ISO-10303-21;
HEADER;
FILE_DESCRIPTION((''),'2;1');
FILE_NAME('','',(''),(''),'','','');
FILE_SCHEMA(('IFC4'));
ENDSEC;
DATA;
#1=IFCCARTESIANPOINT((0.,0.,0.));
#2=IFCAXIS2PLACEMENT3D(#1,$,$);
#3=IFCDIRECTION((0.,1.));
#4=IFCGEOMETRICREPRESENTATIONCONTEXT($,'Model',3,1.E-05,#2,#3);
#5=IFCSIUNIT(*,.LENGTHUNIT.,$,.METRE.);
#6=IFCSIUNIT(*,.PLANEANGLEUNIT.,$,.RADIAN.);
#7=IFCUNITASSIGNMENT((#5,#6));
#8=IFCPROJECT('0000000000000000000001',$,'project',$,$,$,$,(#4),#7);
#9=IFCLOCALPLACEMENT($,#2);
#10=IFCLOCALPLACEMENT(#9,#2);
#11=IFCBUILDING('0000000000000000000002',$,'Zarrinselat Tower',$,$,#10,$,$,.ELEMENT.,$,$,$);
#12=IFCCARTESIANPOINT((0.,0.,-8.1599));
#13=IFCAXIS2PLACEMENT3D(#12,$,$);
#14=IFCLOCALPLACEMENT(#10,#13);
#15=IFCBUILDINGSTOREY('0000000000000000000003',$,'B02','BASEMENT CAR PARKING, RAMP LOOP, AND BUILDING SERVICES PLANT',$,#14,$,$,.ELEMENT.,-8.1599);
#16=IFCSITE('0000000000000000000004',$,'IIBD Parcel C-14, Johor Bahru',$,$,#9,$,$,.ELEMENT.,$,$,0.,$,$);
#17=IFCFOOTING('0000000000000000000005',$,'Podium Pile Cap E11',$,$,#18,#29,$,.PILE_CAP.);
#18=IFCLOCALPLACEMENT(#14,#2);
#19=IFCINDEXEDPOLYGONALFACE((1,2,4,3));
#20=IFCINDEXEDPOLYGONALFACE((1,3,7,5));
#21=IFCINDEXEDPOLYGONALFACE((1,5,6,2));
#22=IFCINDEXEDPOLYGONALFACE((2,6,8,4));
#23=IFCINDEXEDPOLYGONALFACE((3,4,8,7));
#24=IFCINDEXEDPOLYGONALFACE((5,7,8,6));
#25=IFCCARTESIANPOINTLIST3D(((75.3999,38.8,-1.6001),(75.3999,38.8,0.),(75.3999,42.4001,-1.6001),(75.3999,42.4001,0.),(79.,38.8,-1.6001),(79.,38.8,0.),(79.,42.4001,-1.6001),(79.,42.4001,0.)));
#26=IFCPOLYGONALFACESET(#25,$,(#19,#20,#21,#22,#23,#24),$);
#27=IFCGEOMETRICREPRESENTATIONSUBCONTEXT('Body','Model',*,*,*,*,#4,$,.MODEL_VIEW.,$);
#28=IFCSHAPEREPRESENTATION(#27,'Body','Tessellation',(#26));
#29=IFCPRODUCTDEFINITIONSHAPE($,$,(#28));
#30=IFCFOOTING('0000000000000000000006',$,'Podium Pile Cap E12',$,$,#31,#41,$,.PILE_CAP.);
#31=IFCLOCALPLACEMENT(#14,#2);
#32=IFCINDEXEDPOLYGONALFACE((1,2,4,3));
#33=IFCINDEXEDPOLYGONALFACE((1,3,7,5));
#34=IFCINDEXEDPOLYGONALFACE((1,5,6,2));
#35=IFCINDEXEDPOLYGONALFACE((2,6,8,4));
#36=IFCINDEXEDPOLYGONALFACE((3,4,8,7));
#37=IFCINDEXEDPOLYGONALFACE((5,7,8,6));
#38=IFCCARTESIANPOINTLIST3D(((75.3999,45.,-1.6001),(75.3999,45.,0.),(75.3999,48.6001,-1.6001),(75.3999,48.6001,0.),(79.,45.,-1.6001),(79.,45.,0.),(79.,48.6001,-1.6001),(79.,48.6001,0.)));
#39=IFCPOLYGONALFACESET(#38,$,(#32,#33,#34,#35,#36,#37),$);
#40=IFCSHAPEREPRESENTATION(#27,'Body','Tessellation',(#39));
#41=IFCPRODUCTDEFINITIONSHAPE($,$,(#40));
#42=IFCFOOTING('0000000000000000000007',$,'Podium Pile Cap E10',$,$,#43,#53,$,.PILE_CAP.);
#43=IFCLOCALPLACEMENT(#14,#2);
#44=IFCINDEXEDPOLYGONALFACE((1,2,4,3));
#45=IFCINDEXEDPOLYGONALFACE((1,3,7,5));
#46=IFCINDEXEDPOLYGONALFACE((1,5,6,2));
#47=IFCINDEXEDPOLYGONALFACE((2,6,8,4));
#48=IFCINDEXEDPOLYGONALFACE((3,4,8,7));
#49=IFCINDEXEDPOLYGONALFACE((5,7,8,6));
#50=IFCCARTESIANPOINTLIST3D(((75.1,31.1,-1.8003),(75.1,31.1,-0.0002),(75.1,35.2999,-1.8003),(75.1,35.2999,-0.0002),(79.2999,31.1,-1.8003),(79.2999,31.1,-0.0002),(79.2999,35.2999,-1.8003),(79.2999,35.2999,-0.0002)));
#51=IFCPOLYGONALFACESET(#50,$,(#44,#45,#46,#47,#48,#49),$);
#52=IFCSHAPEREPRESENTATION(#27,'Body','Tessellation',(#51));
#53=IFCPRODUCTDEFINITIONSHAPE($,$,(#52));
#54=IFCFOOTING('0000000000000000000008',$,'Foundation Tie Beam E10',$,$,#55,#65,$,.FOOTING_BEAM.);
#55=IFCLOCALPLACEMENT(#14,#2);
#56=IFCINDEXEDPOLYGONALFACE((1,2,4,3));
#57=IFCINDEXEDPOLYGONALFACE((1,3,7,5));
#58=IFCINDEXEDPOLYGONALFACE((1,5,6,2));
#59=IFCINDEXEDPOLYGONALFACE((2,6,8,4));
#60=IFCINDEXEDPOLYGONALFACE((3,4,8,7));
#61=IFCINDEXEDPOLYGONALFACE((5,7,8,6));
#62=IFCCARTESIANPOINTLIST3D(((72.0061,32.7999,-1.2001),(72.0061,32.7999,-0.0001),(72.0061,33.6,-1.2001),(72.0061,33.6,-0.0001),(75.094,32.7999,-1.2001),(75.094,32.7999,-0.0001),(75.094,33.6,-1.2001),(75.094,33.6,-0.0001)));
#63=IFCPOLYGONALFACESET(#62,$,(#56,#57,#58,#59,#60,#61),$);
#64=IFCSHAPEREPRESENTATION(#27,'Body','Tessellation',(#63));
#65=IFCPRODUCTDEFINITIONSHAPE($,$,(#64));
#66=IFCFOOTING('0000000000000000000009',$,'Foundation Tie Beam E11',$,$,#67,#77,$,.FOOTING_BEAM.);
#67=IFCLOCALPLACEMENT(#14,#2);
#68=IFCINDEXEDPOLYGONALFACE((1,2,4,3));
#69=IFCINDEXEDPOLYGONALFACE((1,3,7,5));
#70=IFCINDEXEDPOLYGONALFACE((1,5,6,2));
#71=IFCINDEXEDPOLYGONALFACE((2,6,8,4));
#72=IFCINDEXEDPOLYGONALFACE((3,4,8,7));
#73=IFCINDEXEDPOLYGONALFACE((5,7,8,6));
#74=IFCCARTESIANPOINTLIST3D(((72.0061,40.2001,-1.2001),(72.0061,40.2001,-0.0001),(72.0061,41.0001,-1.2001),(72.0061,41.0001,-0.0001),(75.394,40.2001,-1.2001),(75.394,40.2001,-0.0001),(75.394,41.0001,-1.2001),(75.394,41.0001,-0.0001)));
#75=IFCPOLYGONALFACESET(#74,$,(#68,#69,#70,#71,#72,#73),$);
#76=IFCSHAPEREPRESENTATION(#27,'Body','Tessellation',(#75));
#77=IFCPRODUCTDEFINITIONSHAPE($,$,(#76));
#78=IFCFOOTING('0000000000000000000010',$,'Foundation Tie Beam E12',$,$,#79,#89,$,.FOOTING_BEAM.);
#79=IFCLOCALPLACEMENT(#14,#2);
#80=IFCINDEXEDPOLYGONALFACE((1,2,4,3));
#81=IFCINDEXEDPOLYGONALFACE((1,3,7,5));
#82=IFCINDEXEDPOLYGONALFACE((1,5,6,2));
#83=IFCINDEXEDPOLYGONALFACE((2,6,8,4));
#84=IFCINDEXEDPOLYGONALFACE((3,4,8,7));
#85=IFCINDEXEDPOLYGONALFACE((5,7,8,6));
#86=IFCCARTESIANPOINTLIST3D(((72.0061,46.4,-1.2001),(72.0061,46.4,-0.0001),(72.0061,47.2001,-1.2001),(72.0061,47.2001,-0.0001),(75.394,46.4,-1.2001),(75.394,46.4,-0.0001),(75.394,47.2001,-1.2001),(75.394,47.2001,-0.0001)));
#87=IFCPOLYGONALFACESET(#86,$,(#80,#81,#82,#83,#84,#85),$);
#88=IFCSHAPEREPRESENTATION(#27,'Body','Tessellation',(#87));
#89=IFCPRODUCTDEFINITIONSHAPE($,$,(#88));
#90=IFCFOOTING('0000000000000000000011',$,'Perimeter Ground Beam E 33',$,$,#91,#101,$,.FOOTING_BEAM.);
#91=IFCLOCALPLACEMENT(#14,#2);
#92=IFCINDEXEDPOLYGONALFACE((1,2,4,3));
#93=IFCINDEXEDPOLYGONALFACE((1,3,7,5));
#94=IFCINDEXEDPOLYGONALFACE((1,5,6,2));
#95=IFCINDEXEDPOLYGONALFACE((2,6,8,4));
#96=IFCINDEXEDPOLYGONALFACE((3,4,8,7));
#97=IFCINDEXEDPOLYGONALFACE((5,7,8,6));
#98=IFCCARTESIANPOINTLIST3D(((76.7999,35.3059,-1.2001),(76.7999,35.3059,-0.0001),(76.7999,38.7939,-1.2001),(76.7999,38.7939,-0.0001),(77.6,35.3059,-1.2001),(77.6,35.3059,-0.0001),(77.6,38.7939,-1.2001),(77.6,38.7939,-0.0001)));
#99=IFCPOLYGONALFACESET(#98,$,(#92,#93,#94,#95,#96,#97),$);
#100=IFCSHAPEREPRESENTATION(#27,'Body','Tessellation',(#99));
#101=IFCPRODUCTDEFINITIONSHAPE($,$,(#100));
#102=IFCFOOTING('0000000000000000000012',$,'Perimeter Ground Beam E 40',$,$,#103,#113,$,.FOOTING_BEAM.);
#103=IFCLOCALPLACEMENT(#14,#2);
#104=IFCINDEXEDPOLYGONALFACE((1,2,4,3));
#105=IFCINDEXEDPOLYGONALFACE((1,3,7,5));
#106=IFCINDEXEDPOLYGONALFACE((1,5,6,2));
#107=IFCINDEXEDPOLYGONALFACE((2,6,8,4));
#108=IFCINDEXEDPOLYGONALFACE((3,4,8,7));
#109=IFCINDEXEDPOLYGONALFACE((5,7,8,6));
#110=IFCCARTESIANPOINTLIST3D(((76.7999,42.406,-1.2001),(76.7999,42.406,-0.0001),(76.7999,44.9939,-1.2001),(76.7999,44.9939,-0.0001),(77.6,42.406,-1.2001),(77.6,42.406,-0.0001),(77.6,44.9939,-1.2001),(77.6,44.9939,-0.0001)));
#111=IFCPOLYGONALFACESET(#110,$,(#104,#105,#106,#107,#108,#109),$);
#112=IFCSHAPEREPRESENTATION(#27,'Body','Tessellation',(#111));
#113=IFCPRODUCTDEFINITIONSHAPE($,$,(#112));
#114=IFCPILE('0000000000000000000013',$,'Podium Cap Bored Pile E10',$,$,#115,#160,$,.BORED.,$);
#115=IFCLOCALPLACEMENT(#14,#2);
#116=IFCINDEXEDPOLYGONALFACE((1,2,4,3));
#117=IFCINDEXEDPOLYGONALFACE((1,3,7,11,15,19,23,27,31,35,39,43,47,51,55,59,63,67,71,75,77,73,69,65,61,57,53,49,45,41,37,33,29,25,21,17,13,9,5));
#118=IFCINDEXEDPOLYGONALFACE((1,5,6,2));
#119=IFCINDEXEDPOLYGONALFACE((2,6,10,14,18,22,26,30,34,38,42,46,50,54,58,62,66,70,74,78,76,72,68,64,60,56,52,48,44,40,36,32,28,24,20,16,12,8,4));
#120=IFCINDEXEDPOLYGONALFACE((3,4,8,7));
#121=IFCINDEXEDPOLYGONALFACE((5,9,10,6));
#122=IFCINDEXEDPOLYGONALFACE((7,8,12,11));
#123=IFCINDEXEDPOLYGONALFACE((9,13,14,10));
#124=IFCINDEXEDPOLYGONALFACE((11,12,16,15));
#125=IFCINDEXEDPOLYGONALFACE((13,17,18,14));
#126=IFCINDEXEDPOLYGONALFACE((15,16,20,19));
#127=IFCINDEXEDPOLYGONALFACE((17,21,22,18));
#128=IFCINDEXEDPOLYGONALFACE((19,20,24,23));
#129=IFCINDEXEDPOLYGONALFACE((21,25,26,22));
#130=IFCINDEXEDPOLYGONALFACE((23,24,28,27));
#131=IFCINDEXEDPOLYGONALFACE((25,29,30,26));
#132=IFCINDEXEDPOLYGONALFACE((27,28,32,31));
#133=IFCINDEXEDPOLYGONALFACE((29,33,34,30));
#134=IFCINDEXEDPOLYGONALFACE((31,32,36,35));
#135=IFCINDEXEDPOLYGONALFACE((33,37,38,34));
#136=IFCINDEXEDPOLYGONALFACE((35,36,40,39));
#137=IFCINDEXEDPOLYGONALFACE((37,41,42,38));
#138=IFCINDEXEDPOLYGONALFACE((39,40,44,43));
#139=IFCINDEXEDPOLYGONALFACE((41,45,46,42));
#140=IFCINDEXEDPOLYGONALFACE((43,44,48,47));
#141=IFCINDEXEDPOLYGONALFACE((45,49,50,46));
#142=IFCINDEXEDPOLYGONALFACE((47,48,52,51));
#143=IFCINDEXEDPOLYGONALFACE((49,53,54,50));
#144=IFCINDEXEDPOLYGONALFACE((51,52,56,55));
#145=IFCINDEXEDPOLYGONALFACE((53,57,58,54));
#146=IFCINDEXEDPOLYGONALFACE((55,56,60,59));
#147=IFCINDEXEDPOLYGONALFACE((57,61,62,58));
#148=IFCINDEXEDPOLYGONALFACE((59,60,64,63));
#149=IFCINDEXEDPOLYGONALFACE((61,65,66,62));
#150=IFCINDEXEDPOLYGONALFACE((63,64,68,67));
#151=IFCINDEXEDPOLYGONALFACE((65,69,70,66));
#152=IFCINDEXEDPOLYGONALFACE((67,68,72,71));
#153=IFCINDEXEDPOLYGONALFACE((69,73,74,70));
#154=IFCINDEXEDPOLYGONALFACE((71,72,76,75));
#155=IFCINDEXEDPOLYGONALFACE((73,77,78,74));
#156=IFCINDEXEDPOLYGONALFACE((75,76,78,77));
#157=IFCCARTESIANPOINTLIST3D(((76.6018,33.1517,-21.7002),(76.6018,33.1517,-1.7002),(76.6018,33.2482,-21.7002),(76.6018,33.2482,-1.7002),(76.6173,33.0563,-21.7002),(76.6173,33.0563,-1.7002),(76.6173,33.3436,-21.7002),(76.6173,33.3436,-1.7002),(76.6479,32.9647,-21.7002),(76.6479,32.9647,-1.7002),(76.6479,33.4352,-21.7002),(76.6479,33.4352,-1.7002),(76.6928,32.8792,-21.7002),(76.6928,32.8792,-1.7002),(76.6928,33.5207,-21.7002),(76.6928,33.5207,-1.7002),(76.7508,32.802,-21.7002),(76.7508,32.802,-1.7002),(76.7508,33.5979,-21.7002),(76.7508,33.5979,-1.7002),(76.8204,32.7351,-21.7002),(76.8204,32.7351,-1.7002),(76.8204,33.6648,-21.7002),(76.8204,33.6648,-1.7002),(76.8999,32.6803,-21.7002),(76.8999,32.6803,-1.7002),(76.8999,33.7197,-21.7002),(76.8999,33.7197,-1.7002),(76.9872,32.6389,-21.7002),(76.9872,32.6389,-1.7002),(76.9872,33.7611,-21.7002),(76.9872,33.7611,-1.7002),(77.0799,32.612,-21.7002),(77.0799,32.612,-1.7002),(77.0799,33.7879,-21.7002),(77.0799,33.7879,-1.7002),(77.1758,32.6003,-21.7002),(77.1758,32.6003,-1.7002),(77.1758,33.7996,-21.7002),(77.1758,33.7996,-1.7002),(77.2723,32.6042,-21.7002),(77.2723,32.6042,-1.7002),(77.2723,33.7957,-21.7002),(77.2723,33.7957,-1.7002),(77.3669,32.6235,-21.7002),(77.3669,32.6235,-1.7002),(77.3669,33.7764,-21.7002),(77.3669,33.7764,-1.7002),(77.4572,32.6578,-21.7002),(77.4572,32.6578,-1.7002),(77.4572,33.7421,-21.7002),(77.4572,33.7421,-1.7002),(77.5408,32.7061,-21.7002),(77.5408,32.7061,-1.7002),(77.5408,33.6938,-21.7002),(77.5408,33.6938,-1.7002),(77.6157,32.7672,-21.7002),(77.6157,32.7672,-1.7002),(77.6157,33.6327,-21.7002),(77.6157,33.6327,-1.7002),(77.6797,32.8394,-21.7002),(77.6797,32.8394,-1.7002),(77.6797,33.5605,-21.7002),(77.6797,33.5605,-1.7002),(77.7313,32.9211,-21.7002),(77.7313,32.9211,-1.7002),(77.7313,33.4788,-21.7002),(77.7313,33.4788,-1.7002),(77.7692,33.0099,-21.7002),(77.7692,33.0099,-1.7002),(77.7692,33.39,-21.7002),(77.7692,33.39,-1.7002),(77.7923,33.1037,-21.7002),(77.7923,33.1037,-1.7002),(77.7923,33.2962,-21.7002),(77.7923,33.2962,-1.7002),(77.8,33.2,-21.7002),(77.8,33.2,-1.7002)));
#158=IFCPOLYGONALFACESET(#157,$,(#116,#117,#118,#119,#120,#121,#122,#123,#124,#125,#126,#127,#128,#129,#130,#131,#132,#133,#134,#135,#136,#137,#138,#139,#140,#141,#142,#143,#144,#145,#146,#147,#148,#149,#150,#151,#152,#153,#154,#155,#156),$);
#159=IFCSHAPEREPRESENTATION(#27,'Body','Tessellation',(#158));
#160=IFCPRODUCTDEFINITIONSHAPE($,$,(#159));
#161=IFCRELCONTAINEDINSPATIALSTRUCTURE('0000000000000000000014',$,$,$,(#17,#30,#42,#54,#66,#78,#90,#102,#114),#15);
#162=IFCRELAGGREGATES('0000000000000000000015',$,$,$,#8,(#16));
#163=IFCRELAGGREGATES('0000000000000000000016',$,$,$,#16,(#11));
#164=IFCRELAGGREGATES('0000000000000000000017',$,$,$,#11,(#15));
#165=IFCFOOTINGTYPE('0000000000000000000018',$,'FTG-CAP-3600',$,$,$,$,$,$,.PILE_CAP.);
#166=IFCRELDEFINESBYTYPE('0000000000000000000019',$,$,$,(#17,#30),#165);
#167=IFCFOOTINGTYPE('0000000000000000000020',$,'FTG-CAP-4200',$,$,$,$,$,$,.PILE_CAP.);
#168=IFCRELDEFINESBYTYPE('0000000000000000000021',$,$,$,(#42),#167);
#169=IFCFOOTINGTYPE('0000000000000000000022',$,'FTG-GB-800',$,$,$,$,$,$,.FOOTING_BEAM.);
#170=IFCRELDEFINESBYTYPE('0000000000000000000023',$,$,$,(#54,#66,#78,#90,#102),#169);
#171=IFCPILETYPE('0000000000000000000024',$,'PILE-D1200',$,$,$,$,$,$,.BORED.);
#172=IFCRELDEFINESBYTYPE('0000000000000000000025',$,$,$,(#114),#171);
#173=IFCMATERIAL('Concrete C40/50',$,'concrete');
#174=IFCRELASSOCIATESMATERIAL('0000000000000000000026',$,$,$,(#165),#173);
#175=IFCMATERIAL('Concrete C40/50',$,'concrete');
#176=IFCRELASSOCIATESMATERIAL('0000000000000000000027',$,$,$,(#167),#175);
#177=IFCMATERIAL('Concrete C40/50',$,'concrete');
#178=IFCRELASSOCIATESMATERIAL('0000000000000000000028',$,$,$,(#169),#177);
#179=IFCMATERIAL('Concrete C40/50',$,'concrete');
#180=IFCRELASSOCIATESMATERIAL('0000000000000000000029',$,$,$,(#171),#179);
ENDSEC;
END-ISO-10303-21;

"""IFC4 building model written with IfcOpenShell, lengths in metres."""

from ifc_helpers import new_model, si_unit, direction, frame, origin, origin_2d, place, context, subcontext, project, spatial, rectangle, circle, extrude, material, material_profile, profile_set, type_object, element, save


model = new_model("IFC4")

# Units and contexts
model_context = context("Model", 3, precision=1e-05, world=origin(), true_north=direction((0.0, 1.0)))
body_context = subcontext(model_context, "Body", "Model", "MODEL_VIEW")
ifc_project = project(units=[si_unit("LENGTHUNIT", "METRE"), si_unit("PLANEANGLEUNIT", "RADIAN")], contexts=[model_context])

# Site, building, storey
site_placement = place(None, origin())
site = spatial("IfcSite", under=ifc_project, at=site_placement, Name="IIBD Parcel C-14, Johor Bahru", CompositionType="ELEMENT", RefElevation=0.0)
building_placement = place(site_placement, origin())
building = spatial("IfcBuilding", under=site, at=building_placement, Name="Zarrinselat Tower", CompositionType="ELEMENT")
storey_placement = place(building_placement, frame((0.0, 0.0, -8.1599)))
storey = spatial("IfcBuildingStorey", under=building, at=storey_placement, Name="B02", Description="BASEMENT CAR PARKING, RAMP LOOP, AND BUILDING SERVICES PLANT", CompositionType="ELEMENT", Elevation=-8.1599)

# Footings
ifc_material_1 = material(Name="Concrete C40/50", Category="concrete")
footing_type_1 = type_object("IfcFootingType", Name="FTG-CAP-3600", PredefinedType="PILE_CAP", material=ifc_material_1)
for number, where, z_axis, x_axis, name in (
    (1, (77.2, 40.6001, -1.6001), (0.0, 0.0, 1.0), (1.0, 0.0, 0.0), "Podium Pile Cap E11"),
    (2, (77.2, 46.8, -1.6001), (0.0, 0.0, 1.0), (1.0, 0.0, 0.0), "Podium Pile Cap E12"),
):
    element("IfcFooting", number, at=place(storey_placement, frame(where, z_axis=z_axis, x_axis=x_axis)), inside=storey, type_object=footing_type_1, Name=name, PredefinedType="PILE_CAP", context=body_context, shape_type="SweptSolid", body=[
        extrude(rectangle(XDim=3.6001, YDim=3.6001, at=origin_2d()), origin(), (0.0, 0.0, 1.0), 1.6001),
    ])
ifc_material_2 = material(Name="Concrete C40/50", Category="concrete")
footing_type_2 = type_object("IfcFootingType", Name="FTG-CAP-4200", PredefinedType="PILE_CAP", material=ifc_material_2)
footing_1_placement = place(storey_placement, frame((77.2, 33.2, -1.8003), z_axis=(0.0, 0.0, 1.0), x_axis=(1.0, 0.0, 0.0)))
element("IfcFooting", 3, at=footing_1_placement, inside=storey, type_object=footing_type_2, Name="Podium Pile Cap E10", PredefinedType="PILE_CAP", context=body_context, shape_type="SweptSolid", body=[
    extrude(rectangle(XDim=4.2, YDim=4.2, at=origin_2d()), origin(), (0.0, 0.0, 1.0), 1.8),
])
ifc_material_3 = material(Name="Concrete C40/50", Category="concrete")
ifc_material_profile_1 = material_profile(ifc_material_3, rectangle(XDim=0.8, YDim=1.2, at=origin_2d()), Name="RC GB 800x1200")
ifc_profile_set_1 = profile_set([ifc_material_profile_1], Name="Concrete C40/50")
footing_type_3 = type_object("IfcFootingType", Name="FTG-GB-800", PredefinedType="FOOTING_BEAM", material=ifc_profile_set_1)
footing_2_placement = place(storey_placement, frame((72.0061, 33.2, -0.6001), z_axis=(1.0, 0.0, 0.0), x_axis=(0.0, 1.0, 0.0)))
element("IfcFooting", 4, at=footing_2_placement, inside=storey, type_object=footing_type_3, Name="Foundation Tie Beam E10", PredefinedType="FOOTING_BEAM", context=body_context, shape_type="SweptSolid", body=[
    extrude(rectangle(XDim=0.8, YDim=1.2, at=origin_2d()), origin(), (0.0, 0.0, 1.0), 3.0879),
])
for number, where, z_axis, x_axis, name in (
    (5, (72.0061, 40.6001, -0.6001), (1.0, 0.0, 0.0), (0.0, 1.0, 0.0), "Foundation Tie Beam E11"),
    (6, (72.0061, 46.8, -0.6001), (1.0, 0.0, 0.0), (0.0, 1.0, 0.0), "Foundation Tie Beam E12"),
):
    element("IfcFooting", number, at=place(storey_placement, frame(where, z_axis=z_axis, x_axis=x_axis)), inside=storey, type_object=footing_type_3, Name=name, PredefinedType="FOOTING_BEAM", context=body_context, shape_type="SweptSolid", body=[
        extrude(rectangle(XDim=0.8, YDim=1.2, at=origin_2d()), origin(), (0.0, 0.0, 1.0), 3.3879),
    ])
footing_3_placement = place(storey_placement, frame((77.2, 35.3059, -0.6001), z_axis=(0.0, 1.0, 0.0), x_axis=(-1.0, 0.0, 0.0)))
element("IfcFooting", 7, at=footing_3_placement, inside=storey, type_object=footing_type_3, Name="Perimeter Ground Beam E 33", PredefinedType="FOOTING_BEAM", context=body_context, shape_type="SweptSolid", body=[
    extrude(rectangle(XDim=0.8, YDim=1.2, at=origin_2d()), origin(), (0.0, 0.0, 1.0), 3.488),
])
footing_4_placement = place(storey_placement, frame((77.2, 42.406, -0.6001), z_axis=(0.0, 1.0, 0.0), x_axis=(-1.0, 0.0, 0.0)))
element("IfcFooting", 8, at=footing_4_placement, inside=storey, type_object=footing_type_3, Name="Perimeter Ground Beam E 40", PredefinedType="FOOTING_BEAM", context=body_context, shape_type="SweptSolid", body=[
    extrude(rectangle(XDim=0.8, YDim=1.2, at=origin_2d()), origin(), (0.0, 0.0, 1.0), 2.5879),
])

# Pile
ifc_material_4 = material(Name="Concrete C40/50", Category="concrete")
ifc_material_profile_2 = material_profile(ifc_material_4, circle(Radius=0.6001, at=origin_2d()), Name="BORED PILE D1200")
ifc_profile_set_2 = profile_set([ifc_material_profile_2], Name="Concrete C40/50")
pile_type_1 = type_object("IfcPileType", Name="PILE-D1200", PredefinedType="BORED", material=ifc_profile_set_2)
for number, where, z_axis, x_axis, name in (
    (9, (77.2, 33.2, -1.7002), (0.0, 0.0, -1.0), (1.0, 0.0, 0.0), "Podium Cap Bored Pile E10"),
):
    element("IfcPile", number, at=place(storey_placement, frame(where, z_axis=z_axis, x_axis=x_axis)), inside=storey, type_object=pile_type_1, Name=name, PredefinedType="BORED", context=body_context, shape_type="SweptSolid", body=[
        extrude(circle(Radius=0.6001, at=origin_2d()), origin(), (0.0, 0.0, 1.0), 20.0),
    ])

save(model, "model.ifc")
